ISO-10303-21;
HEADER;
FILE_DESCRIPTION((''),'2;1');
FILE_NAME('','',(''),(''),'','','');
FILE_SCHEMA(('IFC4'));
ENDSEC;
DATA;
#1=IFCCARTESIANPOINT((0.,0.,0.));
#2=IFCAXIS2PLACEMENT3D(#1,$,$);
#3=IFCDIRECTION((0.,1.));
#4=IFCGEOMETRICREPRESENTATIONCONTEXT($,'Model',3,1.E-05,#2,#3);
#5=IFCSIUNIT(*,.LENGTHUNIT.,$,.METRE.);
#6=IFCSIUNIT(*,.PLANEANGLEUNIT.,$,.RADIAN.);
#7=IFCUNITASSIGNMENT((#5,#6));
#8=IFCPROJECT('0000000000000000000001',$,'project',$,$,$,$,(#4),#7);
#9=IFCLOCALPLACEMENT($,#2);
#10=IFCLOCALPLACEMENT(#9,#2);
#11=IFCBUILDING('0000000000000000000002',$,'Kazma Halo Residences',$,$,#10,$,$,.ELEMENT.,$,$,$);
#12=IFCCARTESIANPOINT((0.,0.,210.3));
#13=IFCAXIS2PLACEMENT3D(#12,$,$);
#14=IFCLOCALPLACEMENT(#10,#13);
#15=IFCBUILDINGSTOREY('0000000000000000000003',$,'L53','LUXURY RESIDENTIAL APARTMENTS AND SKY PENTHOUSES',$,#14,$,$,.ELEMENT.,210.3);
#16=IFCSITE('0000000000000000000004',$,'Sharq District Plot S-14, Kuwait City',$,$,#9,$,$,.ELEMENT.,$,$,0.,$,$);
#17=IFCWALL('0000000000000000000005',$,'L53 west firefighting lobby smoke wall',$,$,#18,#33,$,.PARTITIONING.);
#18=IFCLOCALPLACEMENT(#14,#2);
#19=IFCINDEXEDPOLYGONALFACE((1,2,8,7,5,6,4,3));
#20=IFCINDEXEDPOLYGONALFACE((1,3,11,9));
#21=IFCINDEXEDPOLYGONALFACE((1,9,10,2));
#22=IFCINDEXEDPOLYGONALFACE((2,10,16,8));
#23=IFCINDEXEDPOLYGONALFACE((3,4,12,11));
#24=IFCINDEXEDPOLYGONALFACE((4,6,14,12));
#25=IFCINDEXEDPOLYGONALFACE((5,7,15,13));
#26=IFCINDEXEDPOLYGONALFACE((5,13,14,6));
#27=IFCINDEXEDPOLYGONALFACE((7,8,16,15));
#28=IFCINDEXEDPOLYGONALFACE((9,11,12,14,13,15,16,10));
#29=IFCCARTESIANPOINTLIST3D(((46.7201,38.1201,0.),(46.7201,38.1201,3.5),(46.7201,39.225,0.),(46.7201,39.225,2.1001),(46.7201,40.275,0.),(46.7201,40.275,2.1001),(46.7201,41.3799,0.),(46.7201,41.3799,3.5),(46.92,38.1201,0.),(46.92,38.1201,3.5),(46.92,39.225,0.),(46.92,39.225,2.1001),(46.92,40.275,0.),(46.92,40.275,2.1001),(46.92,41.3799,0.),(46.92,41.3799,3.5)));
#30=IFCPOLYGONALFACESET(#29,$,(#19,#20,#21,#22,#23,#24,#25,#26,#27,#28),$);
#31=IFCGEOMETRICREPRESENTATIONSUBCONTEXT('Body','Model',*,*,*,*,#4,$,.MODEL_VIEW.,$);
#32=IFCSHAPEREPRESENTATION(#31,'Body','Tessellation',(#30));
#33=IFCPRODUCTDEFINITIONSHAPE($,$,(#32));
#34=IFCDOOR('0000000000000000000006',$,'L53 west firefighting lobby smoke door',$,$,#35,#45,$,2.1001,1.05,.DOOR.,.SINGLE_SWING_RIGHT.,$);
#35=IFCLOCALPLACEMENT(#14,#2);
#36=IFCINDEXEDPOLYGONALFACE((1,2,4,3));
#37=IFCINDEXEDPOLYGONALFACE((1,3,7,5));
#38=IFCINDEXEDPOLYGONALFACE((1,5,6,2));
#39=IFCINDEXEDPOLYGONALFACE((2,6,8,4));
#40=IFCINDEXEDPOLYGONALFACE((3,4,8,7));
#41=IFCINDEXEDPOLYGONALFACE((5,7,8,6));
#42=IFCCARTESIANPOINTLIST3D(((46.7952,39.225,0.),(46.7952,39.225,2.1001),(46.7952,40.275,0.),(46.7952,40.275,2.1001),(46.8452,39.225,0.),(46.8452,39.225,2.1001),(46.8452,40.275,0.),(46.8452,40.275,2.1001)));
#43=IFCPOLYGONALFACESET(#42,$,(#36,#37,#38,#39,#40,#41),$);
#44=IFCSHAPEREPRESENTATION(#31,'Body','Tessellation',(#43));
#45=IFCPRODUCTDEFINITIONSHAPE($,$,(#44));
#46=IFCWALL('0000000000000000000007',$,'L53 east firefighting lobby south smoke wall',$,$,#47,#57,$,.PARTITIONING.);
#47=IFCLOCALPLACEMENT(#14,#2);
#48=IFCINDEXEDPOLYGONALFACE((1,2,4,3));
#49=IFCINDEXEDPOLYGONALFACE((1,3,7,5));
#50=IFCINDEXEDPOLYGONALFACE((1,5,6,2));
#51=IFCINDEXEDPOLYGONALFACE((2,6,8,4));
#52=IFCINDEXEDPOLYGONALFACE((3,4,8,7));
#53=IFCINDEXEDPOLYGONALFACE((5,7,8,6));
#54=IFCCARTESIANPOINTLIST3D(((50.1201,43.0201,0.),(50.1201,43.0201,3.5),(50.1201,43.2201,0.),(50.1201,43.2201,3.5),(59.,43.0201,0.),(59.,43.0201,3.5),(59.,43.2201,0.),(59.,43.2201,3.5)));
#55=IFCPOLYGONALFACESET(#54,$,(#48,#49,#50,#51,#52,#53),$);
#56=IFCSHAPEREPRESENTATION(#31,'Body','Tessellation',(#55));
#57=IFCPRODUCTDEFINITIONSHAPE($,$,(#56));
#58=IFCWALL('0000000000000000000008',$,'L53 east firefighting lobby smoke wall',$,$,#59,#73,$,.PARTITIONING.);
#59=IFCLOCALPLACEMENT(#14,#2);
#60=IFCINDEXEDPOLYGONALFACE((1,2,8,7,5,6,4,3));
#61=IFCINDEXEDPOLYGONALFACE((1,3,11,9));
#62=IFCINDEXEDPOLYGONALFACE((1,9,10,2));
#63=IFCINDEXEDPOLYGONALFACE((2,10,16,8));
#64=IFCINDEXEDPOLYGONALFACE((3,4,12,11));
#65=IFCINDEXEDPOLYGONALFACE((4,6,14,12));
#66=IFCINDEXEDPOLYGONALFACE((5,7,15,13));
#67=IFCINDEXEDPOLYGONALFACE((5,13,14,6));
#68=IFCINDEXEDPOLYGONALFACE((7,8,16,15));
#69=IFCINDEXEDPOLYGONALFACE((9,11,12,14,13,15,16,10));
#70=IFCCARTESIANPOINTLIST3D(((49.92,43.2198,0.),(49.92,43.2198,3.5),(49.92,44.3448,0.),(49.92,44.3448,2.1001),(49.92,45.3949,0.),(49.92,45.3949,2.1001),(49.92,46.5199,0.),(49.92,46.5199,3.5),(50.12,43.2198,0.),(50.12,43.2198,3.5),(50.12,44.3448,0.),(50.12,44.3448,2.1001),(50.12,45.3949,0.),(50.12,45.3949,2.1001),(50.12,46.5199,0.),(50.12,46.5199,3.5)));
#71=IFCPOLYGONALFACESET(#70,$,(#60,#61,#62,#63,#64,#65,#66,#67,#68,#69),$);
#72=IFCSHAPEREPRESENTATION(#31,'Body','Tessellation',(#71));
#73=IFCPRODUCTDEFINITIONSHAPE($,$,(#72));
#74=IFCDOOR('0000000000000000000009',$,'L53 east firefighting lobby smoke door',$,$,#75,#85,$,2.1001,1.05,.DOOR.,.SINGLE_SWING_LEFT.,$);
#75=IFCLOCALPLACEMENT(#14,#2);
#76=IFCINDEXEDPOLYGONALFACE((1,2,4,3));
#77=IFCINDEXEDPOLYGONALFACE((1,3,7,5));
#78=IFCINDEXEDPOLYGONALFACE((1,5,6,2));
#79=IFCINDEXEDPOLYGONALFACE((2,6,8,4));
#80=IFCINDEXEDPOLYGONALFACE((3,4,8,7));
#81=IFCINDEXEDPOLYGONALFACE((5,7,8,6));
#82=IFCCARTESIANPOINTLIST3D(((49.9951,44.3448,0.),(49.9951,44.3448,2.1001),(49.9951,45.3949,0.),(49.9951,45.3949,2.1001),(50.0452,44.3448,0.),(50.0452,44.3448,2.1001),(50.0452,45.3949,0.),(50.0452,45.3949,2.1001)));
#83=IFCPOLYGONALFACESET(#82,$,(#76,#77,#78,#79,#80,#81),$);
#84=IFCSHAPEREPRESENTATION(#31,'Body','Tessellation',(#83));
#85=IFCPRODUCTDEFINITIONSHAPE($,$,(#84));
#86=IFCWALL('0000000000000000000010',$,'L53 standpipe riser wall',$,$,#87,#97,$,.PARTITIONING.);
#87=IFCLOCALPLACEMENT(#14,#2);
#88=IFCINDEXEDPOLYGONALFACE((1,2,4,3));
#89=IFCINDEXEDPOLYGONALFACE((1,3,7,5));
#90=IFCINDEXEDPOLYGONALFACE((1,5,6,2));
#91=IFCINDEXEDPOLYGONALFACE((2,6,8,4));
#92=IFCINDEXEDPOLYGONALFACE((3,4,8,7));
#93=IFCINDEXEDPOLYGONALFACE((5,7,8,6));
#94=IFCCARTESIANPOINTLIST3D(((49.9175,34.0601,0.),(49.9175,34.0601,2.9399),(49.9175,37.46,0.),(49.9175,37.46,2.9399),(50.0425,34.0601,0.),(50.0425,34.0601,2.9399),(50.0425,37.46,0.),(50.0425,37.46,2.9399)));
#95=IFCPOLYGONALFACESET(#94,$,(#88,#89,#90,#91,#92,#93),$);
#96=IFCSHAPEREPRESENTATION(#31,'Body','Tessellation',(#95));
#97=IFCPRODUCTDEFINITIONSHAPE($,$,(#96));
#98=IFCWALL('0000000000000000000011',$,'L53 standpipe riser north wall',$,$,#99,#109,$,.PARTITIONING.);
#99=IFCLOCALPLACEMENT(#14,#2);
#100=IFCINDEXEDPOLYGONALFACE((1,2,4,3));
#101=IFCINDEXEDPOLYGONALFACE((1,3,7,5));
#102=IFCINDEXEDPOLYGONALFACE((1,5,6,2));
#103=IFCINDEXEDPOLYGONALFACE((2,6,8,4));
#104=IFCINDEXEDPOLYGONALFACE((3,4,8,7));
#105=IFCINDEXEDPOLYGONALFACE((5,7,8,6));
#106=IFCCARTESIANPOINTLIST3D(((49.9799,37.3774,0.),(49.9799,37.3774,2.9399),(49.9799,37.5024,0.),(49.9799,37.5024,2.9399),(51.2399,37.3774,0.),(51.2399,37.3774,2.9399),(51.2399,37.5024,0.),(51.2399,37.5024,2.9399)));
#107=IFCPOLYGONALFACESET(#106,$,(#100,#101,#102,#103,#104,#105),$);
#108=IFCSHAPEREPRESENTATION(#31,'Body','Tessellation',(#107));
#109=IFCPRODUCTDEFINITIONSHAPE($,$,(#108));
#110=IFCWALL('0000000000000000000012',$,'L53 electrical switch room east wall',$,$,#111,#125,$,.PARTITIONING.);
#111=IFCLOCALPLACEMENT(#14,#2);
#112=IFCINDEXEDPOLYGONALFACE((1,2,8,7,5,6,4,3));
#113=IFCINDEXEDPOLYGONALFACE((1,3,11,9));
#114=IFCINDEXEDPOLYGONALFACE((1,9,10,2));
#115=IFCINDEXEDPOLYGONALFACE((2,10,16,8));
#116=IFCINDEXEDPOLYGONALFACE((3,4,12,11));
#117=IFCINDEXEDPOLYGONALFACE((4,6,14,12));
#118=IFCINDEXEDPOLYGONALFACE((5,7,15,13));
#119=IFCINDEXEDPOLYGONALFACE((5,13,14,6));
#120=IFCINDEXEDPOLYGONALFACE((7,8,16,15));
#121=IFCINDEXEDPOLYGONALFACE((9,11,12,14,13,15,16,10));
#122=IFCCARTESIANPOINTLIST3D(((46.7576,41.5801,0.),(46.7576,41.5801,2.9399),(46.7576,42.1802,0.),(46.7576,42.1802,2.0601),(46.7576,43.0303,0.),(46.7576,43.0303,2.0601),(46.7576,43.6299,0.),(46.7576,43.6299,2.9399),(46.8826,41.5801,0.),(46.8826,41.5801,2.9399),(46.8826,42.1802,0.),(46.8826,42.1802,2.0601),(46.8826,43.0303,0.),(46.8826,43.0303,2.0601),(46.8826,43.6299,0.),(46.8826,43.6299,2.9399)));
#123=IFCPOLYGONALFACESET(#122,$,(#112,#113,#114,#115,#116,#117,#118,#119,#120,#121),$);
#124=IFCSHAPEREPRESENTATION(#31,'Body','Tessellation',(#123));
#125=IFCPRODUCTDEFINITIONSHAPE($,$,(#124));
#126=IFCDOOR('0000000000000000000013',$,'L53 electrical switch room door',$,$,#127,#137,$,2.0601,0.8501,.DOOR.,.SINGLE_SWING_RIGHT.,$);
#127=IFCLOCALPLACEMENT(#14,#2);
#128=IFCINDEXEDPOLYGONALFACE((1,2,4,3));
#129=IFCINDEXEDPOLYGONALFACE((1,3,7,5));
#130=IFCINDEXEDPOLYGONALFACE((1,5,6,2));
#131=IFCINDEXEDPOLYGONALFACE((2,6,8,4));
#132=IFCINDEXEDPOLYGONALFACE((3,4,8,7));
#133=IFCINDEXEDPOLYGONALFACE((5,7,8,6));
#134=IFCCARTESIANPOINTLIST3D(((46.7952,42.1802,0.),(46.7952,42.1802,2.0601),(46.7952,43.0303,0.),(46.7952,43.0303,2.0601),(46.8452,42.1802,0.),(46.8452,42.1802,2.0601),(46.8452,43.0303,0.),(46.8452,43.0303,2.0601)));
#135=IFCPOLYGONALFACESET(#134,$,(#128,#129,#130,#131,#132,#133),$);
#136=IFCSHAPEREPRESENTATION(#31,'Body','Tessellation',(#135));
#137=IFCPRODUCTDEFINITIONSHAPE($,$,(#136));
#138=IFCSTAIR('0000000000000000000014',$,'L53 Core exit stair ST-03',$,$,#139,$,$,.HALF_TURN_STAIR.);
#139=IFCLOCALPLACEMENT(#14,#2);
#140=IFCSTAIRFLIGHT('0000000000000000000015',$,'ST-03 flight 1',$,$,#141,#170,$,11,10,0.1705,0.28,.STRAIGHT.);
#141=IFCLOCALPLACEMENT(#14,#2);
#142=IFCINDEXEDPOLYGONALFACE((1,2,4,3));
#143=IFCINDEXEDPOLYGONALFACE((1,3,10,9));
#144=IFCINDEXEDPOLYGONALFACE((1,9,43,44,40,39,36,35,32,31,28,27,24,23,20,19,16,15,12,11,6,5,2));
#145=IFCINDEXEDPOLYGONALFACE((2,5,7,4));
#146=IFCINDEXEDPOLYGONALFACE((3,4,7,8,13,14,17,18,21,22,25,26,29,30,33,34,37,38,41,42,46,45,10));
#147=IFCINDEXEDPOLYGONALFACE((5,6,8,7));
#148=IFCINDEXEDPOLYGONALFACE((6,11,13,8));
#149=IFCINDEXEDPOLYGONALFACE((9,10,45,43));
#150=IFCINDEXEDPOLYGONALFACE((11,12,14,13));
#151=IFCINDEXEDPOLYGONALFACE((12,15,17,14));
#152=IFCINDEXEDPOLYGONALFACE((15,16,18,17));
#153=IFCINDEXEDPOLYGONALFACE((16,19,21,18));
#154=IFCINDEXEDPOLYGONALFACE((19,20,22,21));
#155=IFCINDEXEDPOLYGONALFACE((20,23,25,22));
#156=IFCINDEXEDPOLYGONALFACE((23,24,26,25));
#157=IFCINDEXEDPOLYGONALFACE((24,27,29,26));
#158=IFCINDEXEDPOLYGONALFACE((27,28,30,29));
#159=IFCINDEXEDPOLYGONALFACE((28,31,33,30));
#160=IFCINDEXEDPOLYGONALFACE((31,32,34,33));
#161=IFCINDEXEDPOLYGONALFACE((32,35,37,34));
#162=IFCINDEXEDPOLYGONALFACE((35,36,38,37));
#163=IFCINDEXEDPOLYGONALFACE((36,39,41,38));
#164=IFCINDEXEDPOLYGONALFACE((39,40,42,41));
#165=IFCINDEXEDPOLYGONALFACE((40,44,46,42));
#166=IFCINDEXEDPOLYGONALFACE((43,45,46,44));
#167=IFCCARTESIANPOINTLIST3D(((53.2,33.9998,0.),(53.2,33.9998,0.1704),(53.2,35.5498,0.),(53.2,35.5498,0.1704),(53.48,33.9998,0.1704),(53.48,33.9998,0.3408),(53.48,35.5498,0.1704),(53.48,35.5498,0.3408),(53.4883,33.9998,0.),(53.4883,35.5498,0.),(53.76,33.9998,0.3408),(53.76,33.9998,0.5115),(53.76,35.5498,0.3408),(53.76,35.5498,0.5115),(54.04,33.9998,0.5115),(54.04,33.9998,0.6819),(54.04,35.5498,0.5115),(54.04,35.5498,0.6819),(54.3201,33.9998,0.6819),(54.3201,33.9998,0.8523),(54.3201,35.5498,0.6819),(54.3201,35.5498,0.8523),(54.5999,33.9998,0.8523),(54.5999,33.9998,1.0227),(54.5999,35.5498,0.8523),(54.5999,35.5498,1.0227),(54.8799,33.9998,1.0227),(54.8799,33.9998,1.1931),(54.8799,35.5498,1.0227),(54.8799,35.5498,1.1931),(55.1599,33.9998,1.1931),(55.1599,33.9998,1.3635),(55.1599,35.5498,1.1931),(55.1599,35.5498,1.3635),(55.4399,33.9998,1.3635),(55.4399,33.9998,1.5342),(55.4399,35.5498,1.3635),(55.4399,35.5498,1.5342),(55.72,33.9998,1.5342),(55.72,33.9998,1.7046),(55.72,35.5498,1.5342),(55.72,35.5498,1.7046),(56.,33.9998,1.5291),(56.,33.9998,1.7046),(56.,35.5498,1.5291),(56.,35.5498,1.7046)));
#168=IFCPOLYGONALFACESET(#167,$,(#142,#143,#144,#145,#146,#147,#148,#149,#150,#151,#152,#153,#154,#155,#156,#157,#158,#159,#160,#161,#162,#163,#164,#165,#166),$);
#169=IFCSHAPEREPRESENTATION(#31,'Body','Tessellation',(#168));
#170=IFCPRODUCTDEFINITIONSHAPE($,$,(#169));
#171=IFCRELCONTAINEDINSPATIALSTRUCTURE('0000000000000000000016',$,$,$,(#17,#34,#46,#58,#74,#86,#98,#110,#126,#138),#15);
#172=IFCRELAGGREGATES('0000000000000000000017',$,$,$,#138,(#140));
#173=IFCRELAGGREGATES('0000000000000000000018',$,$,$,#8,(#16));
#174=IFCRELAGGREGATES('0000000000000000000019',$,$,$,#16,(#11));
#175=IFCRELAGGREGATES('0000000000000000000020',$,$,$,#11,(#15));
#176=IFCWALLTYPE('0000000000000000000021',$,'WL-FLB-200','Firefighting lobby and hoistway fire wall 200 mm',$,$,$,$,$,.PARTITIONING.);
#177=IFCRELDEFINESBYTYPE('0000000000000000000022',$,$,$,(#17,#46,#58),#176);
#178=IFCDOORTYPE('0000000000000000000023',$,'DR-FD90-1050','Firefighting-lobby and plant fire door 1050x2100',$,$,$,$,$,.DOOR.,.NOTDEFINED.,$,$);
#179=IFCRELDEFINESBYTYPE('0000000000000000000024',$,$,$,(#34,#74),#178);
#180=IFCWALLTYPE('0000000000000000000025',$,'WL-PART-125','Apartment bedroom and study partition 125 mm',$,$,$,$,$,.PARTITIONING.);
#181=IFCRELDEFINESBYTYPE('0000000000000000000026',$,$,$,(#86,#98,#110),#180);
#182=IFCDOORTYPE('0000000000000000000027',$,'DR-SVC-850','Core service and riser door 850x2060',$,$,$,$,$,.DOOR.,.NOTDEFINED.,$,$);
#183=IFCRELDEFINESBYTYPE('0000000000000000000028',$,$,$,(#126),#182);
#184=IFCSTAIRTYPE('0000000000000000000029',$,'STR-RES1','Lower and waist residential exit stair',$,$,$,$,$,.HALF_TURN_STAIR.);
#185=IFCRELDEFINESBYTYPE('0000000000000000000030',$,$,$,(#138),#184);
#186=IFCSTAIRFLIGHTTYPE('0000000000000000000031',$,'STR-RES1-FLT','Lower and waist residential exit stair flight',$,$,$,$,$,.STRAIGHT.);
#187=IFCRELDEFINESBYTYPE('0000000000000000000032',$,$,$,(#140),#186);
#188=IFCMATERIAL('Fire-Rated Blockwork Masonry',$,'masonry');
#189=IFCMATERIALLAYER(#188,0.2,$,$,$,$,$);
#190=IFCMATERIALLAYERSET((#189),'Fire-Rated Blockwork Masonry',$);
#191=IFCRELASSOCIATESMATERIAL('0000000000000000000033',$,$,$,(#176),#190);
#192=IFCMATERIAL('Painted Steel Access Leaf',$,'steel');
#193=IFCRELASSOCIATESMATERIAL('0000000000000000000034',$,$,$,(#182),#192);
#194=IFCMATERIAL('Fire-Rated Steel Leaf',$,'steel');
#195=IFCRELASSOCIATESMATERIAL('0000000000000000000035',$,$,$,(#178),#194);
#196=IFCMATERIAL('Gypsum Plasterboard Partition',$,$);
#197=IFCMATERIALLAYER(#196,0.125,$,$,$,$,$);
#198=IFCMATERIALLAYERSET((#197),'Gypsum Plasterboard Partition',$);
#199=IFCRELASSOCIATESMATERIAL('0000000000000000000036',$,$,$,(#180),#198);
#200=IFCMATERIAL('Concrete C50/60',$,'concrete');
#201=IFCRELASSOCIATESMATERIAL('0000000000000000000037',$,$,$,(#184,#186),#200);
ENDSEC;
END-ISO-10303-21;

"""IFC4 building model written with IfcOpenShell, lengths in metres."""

from ifc_helpers import new_model, si_unit, direction, frame, frame_2d, origin, place, context, subcontext, project, spatial, polyline, rectangle, outline, extrude, material, layer, layer_set, type_object, element, fill, aggregate, save


model = new_model("IFC4")

# Units and contexts
model_context = context("Model", 3, precision=1e-05, world=origin(), true_north=direction((0.0, 1.0)))
body_context = subcontext(model_context, "Body", "Model", "MODEL_VIEW")
ifc_project = project(units=[si_unit("LENGTHUNIT", "METRE"), si_unit("PLANEANGLEUNIT", "RADIAN")], contexts=[model_context])

# Site, building, storey
site_placement = place(None, origin())
site = spatial("IfcSite", under=ifc_project, at=site_placement, Name="Sharq District Plot S-14, Kuwait City", CompositionType="ELEMENT", RefElevation=0.0)
building_placement = place(site_placement, origin())
building = spatial("IfcBuilding", under=site, at=building_placement, Name="Kazma Halo Residences", CompositionType="ELEMENT")
storey_placement = place(building_placement, frame((0.0, 0.0, 210.3)))
storey = spatial("IfcBuildingStorey", under=building, at=storey_placement, Name="L53", Description="LUXURY RESIDENTIAL APARTMENTS AND SKY PENTHOUSES", CompositionType="ELEMENT", Elevation=210.3)

# Shared definitions
ifc_material_1 = material(Name="Fire-Rated Blockwork Masonry", Category="masonry")
ifc_layer_1 = layer(ifc_material_1, 0.2)
ifc_layer_set_1 = layer_set([ifc_layer_1], Name="Fire-Rated Blockwork Masonry")
wall_type_1 = type_object("IfcWallType", Name="WL-FLB-200", Description="Firefighting lobby and hoistway fire wall 200 mm", PredefinedType="PARTITIONING", material=ifc_layer_set_1)

# Wall, opening, door
ifc_material_2 = material(Name="Painted Steel Access Leaf", Category="steel")
door_type_1 = type_object("IfcDoorType", Name="DR-SVC-850", Description="Core service and riser door 850x2060", OperationType="NOTDEFINED", PredefinedType="DOOR", material=ifc_material_2)
wall_1_placement = place(storey_placement, frame((46.8201, 38.1201, 0.0), z_axis=(0.0, 0.0, 1.0), x_axis=(0.0, 1.0, 0.0)))
wall_1 = element("IfcWall", 1, at=wall_1_placement, inside=storey, type_object=wall_type_1, Name="L53 west firefighting lobby smoke wall", PredefinedType="PARTITIONING", context=body_context, shape_type="SweptSolid", body=[
    extrude(rectangle(XDim=3.2598, YDim=0.2, at=frame_2d((1.6299, 0.0))), origin(), (0.0, 0.0, 1.0), 3.5),
])
opening_1_placement = place(wall_1_placement, frame((1.105, 0.0, 0.0)))
opening_1 = element("IfcOpeningElement", 2, at=opening_1_placement, cuts=wall_1, PredefinedType="OPENING", context=body_context, shape_type="SweptSolid", body=[
    extrude(rectangle(XDim=1.05, YDim=2.1001, at=frame_2d((0.5249, 1.05))), frame((0.0, 0.1099, 0.0), z_axis=(0.0, -1.0, 0.0), x_axis=(1.0, 0.0, 0.0)), (0.0, 0.0, 1.0), 0.22),
])
ifc_material_3 = material(Name="Fire-Rated Steel Leaf", Category="steel")
door_type_2 = type_object("IfcDoorType", Name="DR-FD90-1050", Description="Firefighting-lobby and plant fire door 1050x2100", OperationType="NOTDEFINED", PredefinedType="DOOR", material=ifc_material_3)
door_1_placement = place(opening_1_placement, origin())
door_1 = element("IfcDoor", 3, at=door_1_placement, inside=storey, type_object=door_type_2, Name="L53 west firefighting lobby smoke door", OperationType="SINGLE_SWING_RIGHT", OverallHeight=2.1001, OverallWidth=1.05, PredefinedType="DOOR", context=body_context, shape_type="SweptSolid", body=[
    extrude(rectangle(XDim=1.05, YDim=2.1001, at=frame_2d((0.5249, 1.05))), frame((0.0, 0.0249, 0.0), z_axis=(0.0, -1.0, 0.0), x_axis=(1.0, 0.0, 0.0)), (0.0, 0.0, 1.0), 0.05),
])
fill(opening_1, door_1)

# Wall
wall_2_placement = place(storey_placement, frame((50.1201, 43.1201, 0.0), z_axis=(0.0, 0.0, 1.0), x_axis=(1.0, 0.0, 0.0)))
element("IfcWall", 4, at=wall_2_placement, inside=storey, type_object=wall_type_1, Name="L53 east firefighting lobby south smoke wall", PredefinedType="PARTITIONING", context=body_context, shape_type="SweptSolid", body=[
    extrude(rectangle(XDim=8.8799, YDim=0.2, at=frame_2d((4.4399, 0.0))), origin(), (0.0, 0.0, 1.0), 3.5),
])

# Wall, opening, door
wall_3_placement = place(storey_placement, frame((50.02, 43.22, 0.0), z_axis=(0.0, 0.0, 1.0), x_axis=(0.0, 1.0, 0.0)))
wall_3 = element("IfcWall", 5, at=wall_3_placement, inside=storey, type_object=wall_type_1, Name="L53 east firefighting lobby smoke wall", PredefinedType="PARTITIONING", context=body_context, shape_type="SweptSolid", body=[
    extrude(rectangle(XDim=3.3, YDim=0.2, at=frame_2d((1.6499, 0.0))), origin(), (0.0, 0.0, 1.0), 3.5),
])
opening_2_placement = place(wall_3_placement, frame((1.125, 0.0, 0.0)))
opening_2 = element("IfcOpeningElement", 6, at=opening_2_placement, cuts=wall_3, PredefinedType="OPENING", context=body_context, shape_type="SweptSolid", body=[
    extrude(rectangle(XDim=1.05, YDim=2.1001, at=frame_2d((0.5249, 1.05))), frame((0.0, 0.1099, 0.0), z_axis=(0.0, -1.0, 0.0), x_axis=(1.0, 0.0, 0.0)), (0.0, 0.0, 1.0), 0.22),
])
door_2_placement = place(opening_2_placement, origin())
door_2 = element("IfcDoor", 7, at=door_2_placement, inside=storey, type_object=door_type_2, Name="L53 east firefighting lobby smoke door", OperationType="SINGLE_SWING_LEFT", OverallHeight=2.1001, OverallWidth=1.05, PredefinedType="DOOR", context=body_context, shape_type="SweptSolid", body=[
    extrude(rectangle(XDim=1.05, YDim=2.1001, at=frame_2d((0.5249, 1.05))), frame((0.0, 0.0249, 0.0), z_axis=(0.0, -1.0, 0.0), x_axis=(1.0, 0.0, 0.0)), (0.0, 0.0, 1.0), 0.05),
])
fill(opening_2, door_2)

# Walls
ifc_material_4 = material(Name="Gypsum Plasterboard Partition")
ifc_layer_2 = layer(ifc_material_4, 0.125)
ifc_layer_set_2 = layer_set([ifc_layer_2], Name="Gypsum Plasterboard Partition")
wall_type_2 = type_object("IfcWallType", Name="WL-PART-125", Description="Apartment bedroom and study partition 125 mm", PredefinedType="PARTITIONING", material=ifc_layer_set_2)
wall_4_placement = place(storey_placement, frame((49.98, 34.0601, 0.0), z_axis=(0.0, 0.0, 1.0), x_axis=(0.0, 1.0, 0.0)))
element("IfcWall", 8, at=wall_4_placement, inside=storey, type_object=wall_type_2, Name="L53 standpipe riser wall", PredefinedType="PARTITIONING", context=body_context, shape_type="SweptSolid", body=[
    extrude(rectangle(XDim=3.3999, YDim=0.125, at=frame_2d((1.7, 0.0))), origin(), (0.0, 0.0, 1.0), 2.9399),
])
wall_5_placement = place(storey_placement, frame((49.98, 37.4399, 0.0), z_axis=(0.0, 0.0, 1.0), x_axis=(1.0, 0.0, 0.0)))
element("IfcWall", 9, at=wall_5_placement, inside=storey, type_object=wall_type_2, Name="L53 standpipe riser north wall", PredefinedType="PARTITIONING", context=body_context, shape_type="SweptSolid", body=[
    extrude(rectangle(XDim=1.26, YDim=0.125, at=frame_2d((0.6299, 0.0))), origin(), (0.0, 0.0, 1.0), 2.9399),
])

# Wall, opening, door
wall_6_placement = place(storey_placement, frame((46.8201, 41.5801, 0.0), z_axis=(0.0, 0.0, 1.0), x_axis=(0.0, 1.0, 0.0)))
wall_6 = element("IfcWall", 10, at=wall_6_placement, inside=storey, type_object=wall_type_2, Name="L53 electrical switch room east wall", PredefinedType="PARTITIONING", context=body_context, shape_type="SweptSolid", body=[
    extrude(rectangle(XDim=2.0498, YDim=0.125, at=frame_2d((1.0249, 0.0))), origin(), (0.0, 0.0, 1.0), 2.9399),
])
opening_3_placement = place(wall_6_placement, frame((0.6001, 0.0, 0.0)))
opening_3 = element("IfcOpeningElement", 11, at=opening_3_placement, cuts=wall_6, PredefinedType="OPENING", context=body_context, shape_type="SweptSolid", body=[
    extrude(rectangle(XDim=0.8501, YDim=2.0601, at=frame_2d((0.425, 1.03))), frame((0.0, 0.0725, 0.0), z_axis=(0.0, -1.0, 0.0), x_axis=(1.0, 0.0, 0.0)), (0.0, 0.0, 1.0), 0.145),
])
door_3_placement = place(opening_3_placement, origin())
door_3 = element("IfcDoor", 12, at=door_3_placement, inside=storey, type_object=door_type_1, Name="L53 electrical switch room door", OperationType="SINGLE_SWING_RIGHT", OverallHeight=2.0601, OverallWidth=0.8501, PredefinedType="DOOR", context=body_context, shape_type="SweptSolid", body=[
    extrude(rectangle(XDim=0.8501, YDim=2.0601, at=frame_2d((0.425, 1.03))), frame((0.0, 0.0249, 0.0), z_axis=(0.0, -1.0, 0.0), x_axis=(1.0, 0.0, 0.0)), (0.0, 0.0, 1.0), 0.05),
])
fill(opening_3, door_3)
ifc_material_5 = material(Name="Concrete C50/60", Category="concrete")

# Stair, stair flight
stair_type = type_object("IfcStairType", Name="STR-RES1", Description="Lower and waist residential exit stair", PredefinedType="HALF_TURN_STAIR", material=ifc_material_5)
stair_placement = place(storey_placement, origin())
stair = element("IfcStair", 13, at=stair_placement, inside=storey, type_object=stair_type, Name="L53 Core exit stair ST-03", PredefinedType="HALF_TURN_STAIR")
stair_flight_type = type_object("IfcStairFlightType", Name="STR-RES1-FLT", Description="Lower and waist residential exit stair flight", PredefinedType="STRAIGHT", material=ifc_material_5)
stair_flight_1_placement = place(storey_placement, frame((53.2, 34.7749, 0.0), z_axis=(0.0, 0.0, 1.0), x_axis=(1.0, 0.0, 0.0)))
stair_flight_1 = element("IfcStairFlight", 14, at=stair_flight_1_placement, type_object=stair_flight_type, Name="ST-03 flight 1", NumberOfRisers=11, NumberOfTreads=10, PredefinedType="STRAIGHT", RiserHeight=0.1705, TreadLength=0.28, context=body_context, shape_type="SweptSolid", body=[
    extrude(outline(polyline([(0.0, 0.0), (0.0, 0.1704), (0.28, 0.1704), (0.28, 0.3408), (0.5601, 0.3408), (0.5601, 0.5115), (0.8401, 0.5115), (0.8401, 0.6819), (1.1201, 0.6819), (1.1201, 0.8523), (1.3999, 0.8523), (1.3999, 1.0227), (1.6799, 1.0227), (1.6799, 1.1931), (1.96, 1.1931), (1.96, 1.3635), (2.24, 1.3635), (2.24, 1.5342), (2.52, 1.5342), (2.52, 1.7046), (2.8, 1.7046), (2.8, 1.875), (2.8, 1.5291), (0.2883, 0.0), (0.0, 0.0)])), frame((0.0, 0.7749, 0.0), z_axis=(0.0, -1.0, 0.0), x_axis=(1.0, 0.0, 0.0)), (0.0, 0.0, 1.0), 1.55),
])
aggregate(stair, [stair_flight_1])

save(model, "model.ifc")
